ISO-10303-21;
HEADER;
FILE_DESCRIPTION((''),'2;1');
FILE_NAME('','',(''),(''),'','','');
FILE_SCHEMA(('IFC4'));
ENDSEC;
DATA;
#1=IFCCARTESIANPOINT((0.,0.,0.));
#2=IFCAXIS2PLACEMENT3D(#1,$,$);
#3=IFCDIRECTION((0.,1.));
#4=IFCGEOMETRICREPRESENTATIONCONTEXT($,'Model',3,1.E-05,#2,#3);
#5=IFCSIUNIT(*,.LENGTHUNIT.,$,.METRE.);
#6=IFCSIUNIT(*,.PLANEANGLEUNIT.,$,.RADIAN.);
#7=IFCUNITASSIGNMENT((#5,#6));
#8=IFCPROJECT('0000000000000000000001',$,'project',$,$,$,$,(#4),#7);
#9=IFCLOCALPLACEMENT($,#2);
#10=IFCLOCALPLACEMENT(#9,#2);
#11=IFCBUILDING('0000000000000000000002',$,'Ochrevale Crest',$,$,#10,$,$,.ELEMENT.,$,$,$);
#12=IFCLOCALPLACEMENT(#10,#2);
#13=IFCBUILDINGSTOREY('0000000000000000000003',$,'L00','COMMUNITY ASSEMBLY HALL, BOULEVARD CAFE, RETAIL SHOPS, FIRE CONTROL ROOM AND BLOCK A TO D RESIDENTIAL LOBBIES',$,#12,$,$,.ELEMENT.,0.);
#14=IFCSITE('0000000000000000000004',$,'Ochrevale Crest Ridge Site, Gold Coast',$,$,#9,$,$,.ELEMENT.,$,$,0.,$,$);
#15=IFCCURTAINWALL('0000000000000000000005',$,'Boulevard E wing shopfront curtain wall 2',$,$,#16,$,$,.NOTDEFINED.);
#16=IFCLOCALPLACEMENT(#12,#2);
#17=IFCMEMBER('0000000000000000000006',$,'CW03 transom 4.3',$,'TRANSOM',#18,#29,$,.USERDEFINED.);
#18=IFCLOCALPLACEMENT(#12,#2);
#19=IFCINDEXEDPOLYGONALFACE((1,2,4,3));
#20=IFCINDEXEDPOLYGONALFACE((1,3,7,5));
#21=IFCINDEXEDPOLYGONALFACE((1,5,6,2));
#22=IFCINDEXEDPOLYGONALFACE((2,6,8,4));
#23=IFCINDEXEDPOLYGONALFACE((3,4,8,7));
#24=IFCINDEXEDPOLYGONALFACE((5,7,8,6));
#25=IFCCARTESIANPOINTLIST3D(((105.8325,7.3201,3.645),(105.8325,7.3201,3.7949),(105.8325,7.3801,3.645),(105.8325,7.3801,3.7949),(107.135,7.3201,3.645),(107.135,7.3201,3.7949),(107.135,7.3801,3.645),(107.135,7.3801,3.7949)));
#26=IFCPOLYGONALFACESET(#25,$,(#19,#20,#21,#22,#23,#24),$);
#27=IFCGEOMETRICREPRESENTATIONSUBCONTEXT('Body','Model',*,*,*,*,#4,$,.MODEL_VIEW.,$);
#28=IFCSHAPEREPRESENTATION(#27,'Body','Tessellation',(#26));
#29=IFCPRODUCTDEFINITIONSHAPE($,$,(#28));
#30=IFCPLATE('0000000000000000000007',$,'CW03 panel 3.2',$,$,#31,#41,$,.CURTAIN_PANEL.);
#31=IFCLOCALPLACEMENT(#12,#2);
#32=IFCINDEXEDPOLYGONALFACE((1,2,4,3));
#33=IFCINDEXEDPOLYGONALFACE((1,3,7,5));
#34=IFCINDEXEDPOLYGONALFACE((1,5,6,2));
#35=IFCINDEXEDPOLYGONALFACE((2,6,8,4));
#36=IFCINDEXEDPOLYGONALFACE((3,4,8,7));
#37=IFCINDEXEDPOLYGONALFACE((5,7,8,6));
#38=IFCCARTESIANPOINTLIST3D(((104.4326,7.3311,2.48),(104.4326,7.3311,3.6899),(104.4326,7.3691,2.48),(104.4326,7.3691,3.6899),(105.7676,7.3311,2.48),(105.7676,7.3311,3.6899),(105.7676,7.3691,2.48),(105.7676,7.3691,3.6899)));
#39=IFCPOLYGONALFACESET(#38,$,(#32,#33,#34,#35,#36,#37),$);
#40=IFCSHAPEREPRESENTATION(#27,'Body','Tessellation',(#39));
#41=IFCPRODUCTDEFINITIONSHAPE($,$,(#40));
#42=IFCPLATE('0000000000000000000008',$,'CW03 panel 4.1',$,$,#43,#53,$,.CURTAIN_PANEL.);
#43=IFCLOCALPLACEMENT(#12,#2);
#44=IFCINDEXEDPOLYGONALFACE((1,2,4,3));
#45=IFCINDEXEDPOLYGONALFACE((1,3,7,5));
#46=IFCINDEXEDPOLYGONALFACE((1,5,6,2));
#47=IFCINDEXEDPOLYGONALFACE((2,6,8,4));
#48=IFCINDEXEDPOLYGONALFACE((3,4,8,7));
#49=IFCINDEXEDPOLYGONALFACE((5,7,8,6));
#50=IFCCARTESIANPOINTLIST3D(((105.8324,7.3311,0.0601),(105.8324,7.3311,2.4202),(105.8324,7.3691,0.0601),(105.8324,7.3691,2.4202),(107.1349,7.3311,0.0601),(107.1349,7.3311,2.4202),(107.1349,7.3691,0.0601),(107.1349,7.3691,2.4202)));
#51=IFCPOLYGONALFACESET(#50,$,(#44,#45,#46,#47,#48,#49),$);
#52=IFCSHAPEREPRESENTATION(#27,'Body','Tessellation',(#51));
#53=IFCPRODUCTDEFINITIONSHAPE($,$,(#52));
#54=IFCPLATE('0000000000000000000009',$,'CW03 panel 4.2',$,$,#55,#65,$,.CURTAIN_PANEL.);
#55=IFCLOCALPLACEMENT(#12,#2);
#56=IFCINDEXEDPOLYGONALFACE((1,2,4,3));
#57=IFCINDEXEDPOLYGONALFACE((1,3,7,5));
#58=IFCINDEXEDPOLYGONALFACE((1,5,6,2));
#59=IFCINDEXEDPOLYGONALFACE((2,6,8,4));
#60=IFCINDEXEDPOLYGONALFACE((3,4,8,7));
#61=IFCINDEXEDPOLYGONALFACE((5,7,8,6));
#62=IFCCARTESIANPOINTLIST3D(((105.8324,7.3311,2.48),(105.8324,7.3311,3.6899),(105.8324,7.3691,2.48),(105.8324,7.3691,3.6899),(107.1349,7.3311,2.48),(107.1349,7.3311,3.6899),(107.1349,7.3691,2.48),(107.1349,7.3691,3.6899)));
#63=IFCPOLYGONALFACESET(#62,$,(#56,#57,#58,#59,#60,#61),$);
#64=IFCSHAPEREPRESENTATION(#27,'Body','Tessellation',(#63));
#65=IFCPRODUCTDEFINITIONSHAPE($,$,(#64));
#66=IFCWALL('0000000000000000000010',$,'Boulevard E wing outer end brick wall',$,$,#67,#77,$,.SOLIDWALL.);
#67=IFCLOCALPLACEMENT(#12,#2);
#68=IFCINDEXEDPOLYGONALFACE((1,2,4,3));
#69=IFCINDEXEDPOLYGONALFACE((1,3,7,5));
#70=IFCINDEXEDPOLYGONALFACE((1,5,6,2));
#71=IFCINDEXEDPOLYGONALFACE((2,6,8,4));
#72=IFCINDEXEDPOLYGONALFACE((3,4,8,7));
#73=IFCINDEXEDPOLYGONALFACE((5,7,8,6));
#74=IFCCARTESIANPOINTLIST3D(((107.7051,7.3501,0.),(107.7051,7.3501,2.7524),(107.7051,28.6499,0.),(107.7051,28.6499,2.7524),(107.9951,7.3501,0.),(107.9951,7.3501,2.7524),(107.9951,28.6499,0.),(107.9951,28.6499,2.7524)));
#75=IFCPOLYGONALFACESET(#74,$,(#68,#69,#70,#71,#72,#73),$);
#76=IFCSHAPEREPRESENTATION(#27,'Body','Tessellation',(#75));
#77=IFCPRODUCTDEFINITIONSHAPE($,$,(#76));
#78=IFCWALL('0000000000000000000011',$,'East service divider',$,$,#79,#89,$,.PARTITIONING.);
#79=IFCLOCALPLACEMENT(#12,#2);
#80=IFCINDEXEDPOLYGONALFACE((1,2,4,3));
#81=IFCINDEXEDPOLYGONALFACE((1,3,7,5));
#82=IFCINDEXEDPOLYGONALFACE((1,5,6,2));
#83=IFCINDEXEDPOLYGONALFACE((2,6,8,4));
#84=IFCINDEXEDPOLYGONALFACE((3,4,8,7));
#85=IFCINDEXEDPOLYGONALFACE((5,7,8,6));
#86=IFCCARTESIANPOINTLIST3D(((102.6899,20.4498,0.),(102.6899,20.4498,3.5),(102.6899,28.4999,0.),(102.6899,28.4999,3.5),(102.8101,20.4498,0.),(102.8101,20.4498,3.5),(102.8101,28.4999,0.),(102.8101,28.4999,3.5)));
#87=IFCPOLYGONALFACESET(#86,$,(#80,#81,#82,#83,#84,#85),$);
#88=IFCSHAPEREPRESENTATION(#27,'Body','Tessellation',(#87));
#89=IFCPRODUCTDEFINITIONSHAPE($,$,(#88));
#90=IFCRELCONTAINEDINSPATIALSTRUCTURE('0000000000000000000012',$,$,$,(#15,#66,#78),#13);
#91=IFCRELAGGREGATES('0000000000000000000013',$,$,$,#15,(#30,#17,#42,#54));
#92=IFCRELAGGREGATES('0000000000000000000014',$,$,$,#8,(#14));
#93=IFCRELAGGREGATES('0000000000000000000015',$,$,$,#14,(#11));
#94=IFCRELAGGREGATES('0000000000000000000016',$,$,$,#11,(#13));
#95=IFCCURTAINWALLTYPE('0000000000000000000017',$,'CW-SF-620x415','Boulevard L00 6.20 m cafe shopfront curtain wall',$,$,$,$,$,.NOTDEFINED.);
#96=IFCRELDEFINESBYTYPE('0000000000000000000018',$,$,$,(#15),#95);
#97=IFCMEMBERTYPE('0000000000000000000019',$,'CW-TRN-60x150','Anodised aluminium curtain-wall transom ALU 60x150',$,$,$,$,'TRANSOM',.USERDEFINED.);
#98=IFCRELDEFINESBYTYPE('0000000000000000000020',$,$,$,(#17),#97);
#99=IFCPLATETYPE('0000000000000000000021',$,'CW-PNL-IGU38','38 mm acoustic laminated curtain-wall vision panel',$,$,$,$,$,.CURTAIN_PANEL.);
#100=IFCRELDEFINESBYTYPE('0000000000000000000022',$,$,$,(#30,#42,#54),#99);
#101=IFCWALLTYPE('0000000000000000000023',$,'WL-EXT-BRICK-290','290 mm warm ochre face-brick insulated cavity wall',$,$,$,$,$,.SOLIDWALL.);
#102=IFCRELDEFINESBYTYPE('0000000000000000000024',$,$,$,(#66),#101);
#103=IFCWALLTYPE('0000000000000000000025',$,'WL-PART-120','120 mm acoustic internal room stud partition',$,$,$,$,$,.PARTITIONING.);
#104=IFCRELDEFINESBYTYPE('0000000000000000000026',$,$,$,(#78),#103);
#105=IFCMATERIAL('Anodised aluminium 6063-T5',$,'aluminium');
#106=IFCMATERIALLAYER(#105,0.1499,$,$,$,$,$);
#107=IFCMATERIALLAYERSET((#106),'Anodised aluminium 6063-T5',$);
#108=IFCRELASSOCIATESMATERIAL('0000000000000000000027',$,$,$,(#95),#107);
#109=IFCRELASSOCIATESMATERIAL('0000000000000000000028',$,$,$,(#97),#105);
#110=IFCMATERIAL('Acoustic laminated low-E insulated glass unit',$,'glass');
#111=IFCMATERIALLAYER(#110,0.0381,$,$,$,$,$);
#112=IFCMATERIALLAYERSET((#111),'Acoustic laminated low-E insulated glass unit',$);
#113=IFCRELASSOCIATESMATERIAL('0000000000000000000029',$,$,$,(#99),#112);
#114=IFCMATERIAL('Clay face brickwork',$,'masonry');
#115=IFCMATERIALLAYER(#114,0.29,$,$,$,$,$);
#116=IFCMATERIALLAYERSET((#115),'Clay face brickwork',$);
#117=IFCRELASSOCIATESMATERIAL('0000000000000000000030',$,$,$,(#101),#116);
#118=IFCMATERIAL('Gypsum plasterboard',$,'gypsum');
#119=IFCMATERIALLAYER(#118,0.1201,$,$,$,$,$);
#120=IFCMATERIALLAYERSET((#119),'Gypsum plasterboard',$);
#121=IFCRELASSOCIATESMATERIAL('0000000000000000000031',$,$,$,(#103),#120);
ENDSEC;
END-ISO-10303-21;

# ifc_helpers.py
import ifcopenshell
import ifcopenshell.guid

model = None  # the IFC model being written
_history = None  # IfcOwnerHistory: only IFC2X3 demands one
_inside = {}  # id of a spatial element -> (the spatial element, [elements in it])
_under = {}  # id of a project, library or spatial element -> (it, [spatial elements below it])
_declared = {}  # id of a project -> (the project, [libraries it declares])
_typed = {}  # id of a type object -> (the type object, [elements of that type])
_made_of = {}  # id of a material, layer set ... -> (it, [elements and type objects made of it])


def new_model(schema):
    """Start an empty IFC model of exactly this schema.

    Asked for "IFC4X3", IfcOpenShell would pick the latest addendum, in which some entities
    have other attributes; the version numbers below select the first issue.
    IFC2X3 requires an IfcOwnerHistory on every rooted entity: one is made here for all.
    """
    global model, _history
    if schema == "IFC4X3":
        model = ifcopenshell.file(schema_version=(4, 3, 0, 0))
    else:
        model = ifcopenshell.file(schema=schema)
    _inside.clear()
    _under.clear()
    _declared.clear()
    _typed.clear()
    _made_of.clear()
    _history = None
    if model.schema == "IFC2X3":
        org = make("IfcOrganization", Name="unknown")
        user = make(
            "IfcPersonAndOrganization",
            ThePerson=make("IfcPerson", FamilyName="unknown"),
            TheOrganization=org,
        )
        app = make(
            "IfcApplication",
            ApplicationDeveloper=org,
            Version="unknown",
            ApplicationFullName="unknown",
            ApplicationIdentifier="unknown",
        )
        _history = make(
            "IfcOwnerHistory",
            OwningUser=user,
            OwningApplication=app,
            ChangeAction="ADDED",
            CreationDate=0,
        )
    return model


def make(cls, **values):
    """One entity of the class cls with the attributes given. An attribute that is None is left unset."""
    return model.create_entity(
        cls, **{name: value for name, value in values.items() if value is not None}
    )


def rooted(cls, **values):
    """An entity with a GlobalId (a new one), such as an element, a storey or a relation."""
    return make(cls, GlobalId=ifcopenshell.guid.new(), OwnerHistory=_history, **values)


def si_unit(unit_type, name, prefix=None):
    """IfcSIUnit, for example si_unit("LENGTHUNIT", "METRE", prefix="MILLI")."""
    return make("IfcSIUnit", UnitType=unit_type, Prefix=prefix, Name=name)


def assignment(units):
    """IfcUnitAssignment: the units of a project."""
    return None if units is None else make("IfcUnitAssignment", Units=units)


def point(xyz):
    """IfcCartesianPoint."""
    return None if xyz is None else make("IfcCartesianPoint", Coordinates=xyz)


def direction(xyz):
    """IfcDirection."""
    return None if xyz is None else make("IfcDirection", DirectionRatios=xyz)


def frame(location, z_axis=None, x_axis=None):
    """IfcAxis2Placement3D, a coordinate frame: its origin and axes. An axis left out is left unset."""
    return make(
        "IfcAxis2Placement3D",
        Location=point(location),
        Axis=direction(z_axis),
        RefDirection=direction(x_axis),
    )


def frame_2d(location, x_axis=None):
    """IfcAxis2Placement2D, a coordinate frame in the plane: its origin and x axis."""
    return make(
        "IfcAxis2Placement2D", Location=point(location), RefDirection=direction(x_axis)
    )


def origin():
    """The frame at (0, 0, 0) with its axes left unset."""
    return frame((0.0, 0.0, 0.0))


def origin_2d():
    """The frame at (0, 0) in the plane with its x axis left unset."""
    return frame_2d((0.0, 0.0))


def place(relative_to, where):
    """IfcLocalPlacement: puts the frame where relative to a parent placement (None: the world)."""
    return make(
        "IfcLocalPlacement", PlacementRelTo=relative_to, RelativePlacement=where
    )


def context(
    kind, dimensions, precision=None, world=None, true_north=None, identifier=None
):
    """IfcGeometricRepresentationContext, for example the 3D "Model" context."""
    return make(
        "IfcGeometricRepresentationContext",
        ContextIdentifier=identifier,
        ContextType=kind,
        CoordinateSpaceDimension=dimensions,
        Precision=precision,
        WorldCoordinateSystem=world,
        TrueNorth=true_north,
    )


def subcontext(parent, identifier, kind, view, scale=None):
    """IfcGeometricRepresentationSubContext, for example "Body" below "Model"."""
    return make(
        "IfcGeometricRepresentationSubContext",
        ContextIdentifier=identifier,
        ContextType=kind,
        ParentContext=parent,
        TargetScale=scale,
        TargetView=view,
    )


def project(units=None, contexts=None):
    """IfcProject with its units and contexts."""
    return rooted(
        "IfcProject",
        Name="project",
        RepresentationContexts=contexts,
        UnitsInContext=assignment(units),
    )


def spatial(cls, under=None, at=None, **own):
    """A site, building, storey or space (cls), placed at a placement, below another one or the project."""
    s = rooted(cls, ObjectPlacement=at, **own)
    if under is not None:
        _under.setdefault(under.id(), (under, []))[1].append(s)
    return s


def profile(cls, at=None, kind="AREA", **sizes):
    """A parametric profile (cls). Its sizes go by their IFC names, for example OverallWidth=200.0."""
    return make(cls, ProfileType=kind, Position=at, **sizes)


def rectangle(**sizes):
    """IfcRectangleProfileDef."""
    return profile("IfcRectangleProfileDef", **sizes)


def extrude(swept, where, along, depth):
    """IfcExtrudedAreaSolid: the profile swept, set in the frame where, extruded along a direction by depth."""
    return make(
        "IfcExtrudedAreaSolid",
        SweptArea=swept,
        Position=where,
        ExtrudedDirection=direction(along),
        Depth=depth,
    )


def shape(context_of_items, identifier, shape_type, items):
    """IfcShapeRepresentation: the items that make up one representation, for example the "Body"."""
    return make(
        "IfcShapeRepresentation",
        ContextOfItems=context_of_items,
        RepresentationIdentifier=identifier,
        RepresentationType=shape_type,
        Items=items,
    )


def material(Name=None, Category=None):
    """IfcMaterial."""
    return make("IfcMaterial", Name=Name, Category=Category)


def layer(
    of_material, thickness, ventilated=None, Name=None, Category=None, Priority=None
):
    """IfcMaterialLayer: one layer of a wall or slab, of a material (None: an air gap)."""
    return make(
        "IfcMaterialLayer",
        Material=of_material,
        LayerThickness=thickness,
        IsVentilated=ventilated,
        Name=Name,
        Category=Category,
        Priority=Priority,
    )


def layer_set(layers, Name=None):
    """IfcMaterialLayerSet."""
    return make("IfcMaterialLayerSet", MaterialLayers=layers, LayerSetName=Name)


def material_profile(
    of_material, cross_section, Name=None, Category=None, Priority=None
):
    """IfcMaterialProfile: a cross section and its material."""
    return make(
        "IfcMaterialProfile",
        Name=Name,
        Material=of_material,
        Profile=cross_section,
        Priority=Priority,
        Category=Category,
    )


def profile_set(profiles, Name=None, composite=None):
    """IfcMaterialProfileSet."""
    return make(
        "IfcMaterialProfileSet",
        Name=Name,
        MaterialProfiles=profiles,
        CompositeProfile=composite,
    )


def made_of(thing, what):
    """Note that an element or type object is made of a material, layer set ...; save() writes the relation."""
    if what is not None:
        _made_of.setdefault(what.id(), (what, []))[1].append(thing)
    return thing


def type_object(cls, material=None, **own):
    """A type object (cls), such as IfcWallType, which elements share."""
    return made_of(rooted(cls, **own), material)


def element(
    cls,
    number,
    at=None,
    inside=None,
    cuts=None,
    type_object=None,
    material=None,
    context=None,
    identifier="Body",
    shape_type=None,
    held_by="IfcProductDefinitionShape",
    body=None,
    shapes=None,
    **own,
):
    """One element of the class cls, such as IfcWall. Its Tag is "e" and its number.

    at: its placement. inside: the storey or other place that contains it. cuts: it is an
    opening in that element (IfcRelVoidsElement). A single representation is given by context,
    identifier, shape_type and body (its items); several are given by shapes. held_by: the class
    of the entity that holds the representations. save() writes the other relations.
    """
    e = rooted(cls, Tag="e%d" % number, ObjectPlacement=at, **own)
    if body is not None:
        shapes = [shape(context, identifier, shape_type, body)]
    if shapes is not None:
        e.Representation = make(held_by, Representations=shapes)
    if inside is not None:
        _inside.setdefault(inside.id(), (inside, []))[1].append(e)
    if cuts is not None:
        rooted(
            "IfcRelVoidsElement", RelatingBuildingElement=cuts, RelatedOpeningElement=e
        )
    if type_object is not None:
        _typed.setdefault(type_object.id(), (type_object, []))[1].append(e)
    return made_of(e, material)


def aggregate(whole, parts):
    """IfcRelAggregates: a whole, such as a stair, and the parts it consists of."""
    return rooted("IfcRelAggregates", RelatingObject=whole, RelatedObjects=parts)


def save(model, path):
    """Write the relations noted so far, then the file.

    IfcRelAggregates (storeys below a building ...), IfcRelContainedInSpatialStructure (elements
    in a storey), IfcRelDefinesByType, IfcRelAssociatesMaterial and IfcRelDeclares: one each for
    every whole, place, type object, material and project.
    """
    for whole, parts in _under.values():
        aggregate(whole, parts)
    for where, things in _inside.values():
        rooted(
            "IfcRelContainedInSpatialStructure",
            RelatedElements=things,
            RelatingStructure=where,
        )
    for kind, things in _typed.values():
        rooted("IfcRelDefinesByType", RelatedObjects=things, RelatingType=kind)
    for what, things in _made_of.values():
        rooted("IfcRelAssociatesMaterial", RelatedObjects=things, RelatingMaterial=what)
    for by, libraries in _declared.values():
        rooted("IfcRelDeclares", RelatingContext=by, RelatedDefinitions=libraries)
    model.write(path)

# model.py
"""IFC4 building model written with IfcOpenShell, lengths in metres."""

from ifc_helpers import new_model, si_unit, direction, frame, frame_2d, origin, origin_2d, place, context, subcontext, project, spatial, rectangle, extrude, material, layer, layer_set, material_profile, profile_set, type_object, element, aggregate, save


model = new_model("IFC4")

# Units and contexts
model_context = context("Model", 3, precision=1e-05, world=origin(), true_north=direction((0.0, 1.0)))
body_context = subcontext(model_context, "Body", "Model", "MODEL_VIEW")
ifc_project = project(units=[si_unit("LENGTHUNIT", "METRE"), si_unit("PLANEANGLEUNIT", "RADIAN")], contexts=[model_context])

# Site, building, storey
site_placement = place(None, origin())
site = spatial("IfcSite", under=ifc_project, at=site_placement, Name="Ochrevale Crest Ridge Site, Gold Coast", CompositionType="ELEMENT", RefElevation=0.0)
building_placement = place(site_placement, origin())
building = spatial("IfcBuilding", under=site, at=building_placement, Name="Ochrevale Crest", CompositionType="ELEMENT")
storey_placement = place(building_placement, origin())
storey = spatial("IfcBuildingStorey", under=building, at=storey_placement, Name="L00", Description="COMMUNITY ASSEMBLY HALL, BOULEVARD CAFE, RETAIL SHOPS, FIRE CONTROL ROOM AND BLOCK A TO D RESIDENTIAL LOBBIES", CompositionType="ELEMENT", Elevation=0.0)

# Curtain wall, member, plates
ifc_material_1 = material(Name="Anodised aluminium 6063-T5", Category="aluminium")
ifc_layer_1 = layer(ifc_material_1, 0.1499)
ifc_layer_set_1 = layer_set([ifc_layer_1], Name="Anodised aluminium 6063-T5")
curtain_wall_type = type_object("IfcCurtainWallType", Name="CW-SF-620x415", Description="Boulevard L00 6.20 m cafe shopfront curtain wall", PredefinedType="NOTDEFINED", material=ifc_layer_set_1)
curtain_wall_placement = place(storey_placement, origin())
curtain_wall = element("IfcCurtainWall", 1, at=curtain_wall_placement, inside=storey, type_object=curtain_wall_type, Name="Boulevard E wing shopfront curtain wall 2", PredefinedType="NOTDEFINED")
ifc_material_profile_1 = material_profile(ifc_material_1, rectangle(XDim=0.0601, YDim=0.1499, at=origin_2d()), Name="ALU 60x150")
ifc_profile_set_1 = profile_set([ifc_material_profile_1], Name="Anodised aluminium 6063-T5")
member_type_1 = type_object("IfcMemberType", Name="CW-TRN-60x150", Description="Anodised aluminium curtain-wall transom ALU 60x150", ElementType="TRANSOM", PredefinedType="USERDEFINED", material=ifc_profile_set_1)
member_1_placement = place(storey_placement, frame((105.8325, 7.3501, 3.72), z_axis=(1.0, 0.0, 0.0), x_axis=(0.0, 1.0, 0.0)))
member_1 = element("IfcMember", 2, at=member_1_placement, type_object=member_type_1, Name="CW03 transom 4.3", ObjectType="TRANSOM", PredefinedType="USERDEFINED", context=body_context, shape_type="SweptSolid", body=[
    extrude(rectangle(XDim=0.0601, YDim=0.1499, at=origin_2d()), origin(), (0.0, 0.0, 1.0), 1.3025),
])
ifc_material_2 = material(Name="Acoustic laminated low-E insulated glass unit", Category="glass")
ifc_layer_2 = layer(ifc_material_2, 0.0381)
ifc_layer_set_2 = layer_set([ifc_layer_2], Name="Acoustic laminated low-E insulated glass unit")
plate_type = type_object("IfcPlateType", Name="CW-PNL-IGU38", Description="38 mm acoustic laminated curtain-wall vision panel", PredefinedType="CURTAIN_PANEL", material=ifc_layer_set_2)
plate_1_placement = place(storey_placement, frame((105.1001, 7.3501, 2.48), z_axis=(0.0, 0.0, 1.0), x_axis=(1.0, 0.0, 0.0)))
plate_1 = element("IfcPlate", 3, at=plate_1_placement, type_object=plate_type, Name="CW03 panel 3.2", PredefinedType="CURTAIN_PANEL", context=body_context, shape_type="SweptSolid", body=[
    extrude(rectangle(XDim=1.335, YDim=0.0381, at=origin_2d()), origin(), (0.0, 0.0, 1.0), 1.21),
])
plate_2_placement = place(storey_placement, frame((106.4836, 7.3501, 0.0601), z_axis=(0.0, 0.0, 1.0), x_axis=(1.0, 0.0, 0.0)))
plate_2 = element("IfcPlate", 4, at=plate_2_placement, type_object=plate_type, Name="CW03 panel 4.1", PredefinedType="CURTAIN_PANEL", context=body_context, shape_type="SweptSolid", body=[
    extrude(rectangle(XDim=1.3025, YDim=0.0381, at=origin_2d()), origin(), (0.0, 0.0, 1.0), 2.3601),
])
plate_3_placement = place(storey_placement, frame((106.4836, 7.3501, 2.48), z_axis=(0.0, 0.0, 1.0), x_axis=(1.0, 0.0, 0.0)))
plate_3 = element("IfcPlate", 5, at=plate_3_placement, type_object=plate_type, Name="CW03 panel 4.2", PredefinedType="CURTAIN_PANEL", context=body_context, shape_type="SweptSolid", body=[
    extrude(rectangle(XDim=1.3025, YDim=0.0381, at=origin_2d()), origin(), (0.0, 0.0, 1.0), 1.21),
])
aggregate(curtain_wall, [plate_1, member_1, plate_2, plate_3])

# Walls
ifc_material_3 = material(Name="Clay face brickwork", Category="masonry")
ifc_layer_3 = layer(ifc_material_3, 0.29)
ifc_layer_set_3 = layer_set([ifc_layer_3], Name="Clay face brickwork")
wall_type_1 = type_object("IfcWallType", Name="WL-EXT-BRICK-290", Description="290 mm warm ochre face-brick insulated cavity wall", PredefinedType="SOLIDWALL", material=ifc_layer_set_3)
wall_1_placement = place(storey_placement, frame((107.8501, 7.3501, 0.0), z_axis=(0.0, 0.0, 1.0), x_axis=(0.0, 1.0, 0.0)))
element("IfcWall", 6, at=wall_1_placement, inside=storey, type_object=wall_type_1, Name="Boulevard E wing outer end brick wall", PredefinedType="SOLIDWALL", context=body_context, shape_type="SweptSolid", body=[
    extrude(rectangle(XDim=21.2998, YDim=0.29, at=frame_2d((10.6499, 0.0))), origin(), (0.0, 0.0, 1.0), 2.7524),
])
ifc_material_4 = material(Name="Gypsum plasterboard", Category="gypsum")
ifc_layer_4 = layer(ifc_material_4, 0.1201)
ifc_layer_set_4 = layer_set([ifc_layer_4], Name="Gypsum plasterboard")
wall_type_2 = type_object("IfcWallType", Name="WL-PART-120", Description="120 mm acoustic internal room stud partition", PredefinedType="PARTITIONING", material=ifc_layer_set_4)
wall_2_placement = place(storey_placement, frame((102.75, 20.45, 0.0), z_axis=(0.0, 0.0, 1.0), x_axis=(0.0, 1.0, 0.0)))
element("IfcWall", 7, at=wall_2_placement, inside=storey, type_object=wall_type_2, Name="East service divider", PredefinedType="PARTITIONING", context=body_context, shape_type="SweptSolid", body=[
    extrude(rectangle(XDim=8.05, YDim=0.1201, at=frame_2d((4.0249, 0.0))), origin(), (0.0, 0.0, 1.0), 3.5),
])

save(model, "model.ifc")
